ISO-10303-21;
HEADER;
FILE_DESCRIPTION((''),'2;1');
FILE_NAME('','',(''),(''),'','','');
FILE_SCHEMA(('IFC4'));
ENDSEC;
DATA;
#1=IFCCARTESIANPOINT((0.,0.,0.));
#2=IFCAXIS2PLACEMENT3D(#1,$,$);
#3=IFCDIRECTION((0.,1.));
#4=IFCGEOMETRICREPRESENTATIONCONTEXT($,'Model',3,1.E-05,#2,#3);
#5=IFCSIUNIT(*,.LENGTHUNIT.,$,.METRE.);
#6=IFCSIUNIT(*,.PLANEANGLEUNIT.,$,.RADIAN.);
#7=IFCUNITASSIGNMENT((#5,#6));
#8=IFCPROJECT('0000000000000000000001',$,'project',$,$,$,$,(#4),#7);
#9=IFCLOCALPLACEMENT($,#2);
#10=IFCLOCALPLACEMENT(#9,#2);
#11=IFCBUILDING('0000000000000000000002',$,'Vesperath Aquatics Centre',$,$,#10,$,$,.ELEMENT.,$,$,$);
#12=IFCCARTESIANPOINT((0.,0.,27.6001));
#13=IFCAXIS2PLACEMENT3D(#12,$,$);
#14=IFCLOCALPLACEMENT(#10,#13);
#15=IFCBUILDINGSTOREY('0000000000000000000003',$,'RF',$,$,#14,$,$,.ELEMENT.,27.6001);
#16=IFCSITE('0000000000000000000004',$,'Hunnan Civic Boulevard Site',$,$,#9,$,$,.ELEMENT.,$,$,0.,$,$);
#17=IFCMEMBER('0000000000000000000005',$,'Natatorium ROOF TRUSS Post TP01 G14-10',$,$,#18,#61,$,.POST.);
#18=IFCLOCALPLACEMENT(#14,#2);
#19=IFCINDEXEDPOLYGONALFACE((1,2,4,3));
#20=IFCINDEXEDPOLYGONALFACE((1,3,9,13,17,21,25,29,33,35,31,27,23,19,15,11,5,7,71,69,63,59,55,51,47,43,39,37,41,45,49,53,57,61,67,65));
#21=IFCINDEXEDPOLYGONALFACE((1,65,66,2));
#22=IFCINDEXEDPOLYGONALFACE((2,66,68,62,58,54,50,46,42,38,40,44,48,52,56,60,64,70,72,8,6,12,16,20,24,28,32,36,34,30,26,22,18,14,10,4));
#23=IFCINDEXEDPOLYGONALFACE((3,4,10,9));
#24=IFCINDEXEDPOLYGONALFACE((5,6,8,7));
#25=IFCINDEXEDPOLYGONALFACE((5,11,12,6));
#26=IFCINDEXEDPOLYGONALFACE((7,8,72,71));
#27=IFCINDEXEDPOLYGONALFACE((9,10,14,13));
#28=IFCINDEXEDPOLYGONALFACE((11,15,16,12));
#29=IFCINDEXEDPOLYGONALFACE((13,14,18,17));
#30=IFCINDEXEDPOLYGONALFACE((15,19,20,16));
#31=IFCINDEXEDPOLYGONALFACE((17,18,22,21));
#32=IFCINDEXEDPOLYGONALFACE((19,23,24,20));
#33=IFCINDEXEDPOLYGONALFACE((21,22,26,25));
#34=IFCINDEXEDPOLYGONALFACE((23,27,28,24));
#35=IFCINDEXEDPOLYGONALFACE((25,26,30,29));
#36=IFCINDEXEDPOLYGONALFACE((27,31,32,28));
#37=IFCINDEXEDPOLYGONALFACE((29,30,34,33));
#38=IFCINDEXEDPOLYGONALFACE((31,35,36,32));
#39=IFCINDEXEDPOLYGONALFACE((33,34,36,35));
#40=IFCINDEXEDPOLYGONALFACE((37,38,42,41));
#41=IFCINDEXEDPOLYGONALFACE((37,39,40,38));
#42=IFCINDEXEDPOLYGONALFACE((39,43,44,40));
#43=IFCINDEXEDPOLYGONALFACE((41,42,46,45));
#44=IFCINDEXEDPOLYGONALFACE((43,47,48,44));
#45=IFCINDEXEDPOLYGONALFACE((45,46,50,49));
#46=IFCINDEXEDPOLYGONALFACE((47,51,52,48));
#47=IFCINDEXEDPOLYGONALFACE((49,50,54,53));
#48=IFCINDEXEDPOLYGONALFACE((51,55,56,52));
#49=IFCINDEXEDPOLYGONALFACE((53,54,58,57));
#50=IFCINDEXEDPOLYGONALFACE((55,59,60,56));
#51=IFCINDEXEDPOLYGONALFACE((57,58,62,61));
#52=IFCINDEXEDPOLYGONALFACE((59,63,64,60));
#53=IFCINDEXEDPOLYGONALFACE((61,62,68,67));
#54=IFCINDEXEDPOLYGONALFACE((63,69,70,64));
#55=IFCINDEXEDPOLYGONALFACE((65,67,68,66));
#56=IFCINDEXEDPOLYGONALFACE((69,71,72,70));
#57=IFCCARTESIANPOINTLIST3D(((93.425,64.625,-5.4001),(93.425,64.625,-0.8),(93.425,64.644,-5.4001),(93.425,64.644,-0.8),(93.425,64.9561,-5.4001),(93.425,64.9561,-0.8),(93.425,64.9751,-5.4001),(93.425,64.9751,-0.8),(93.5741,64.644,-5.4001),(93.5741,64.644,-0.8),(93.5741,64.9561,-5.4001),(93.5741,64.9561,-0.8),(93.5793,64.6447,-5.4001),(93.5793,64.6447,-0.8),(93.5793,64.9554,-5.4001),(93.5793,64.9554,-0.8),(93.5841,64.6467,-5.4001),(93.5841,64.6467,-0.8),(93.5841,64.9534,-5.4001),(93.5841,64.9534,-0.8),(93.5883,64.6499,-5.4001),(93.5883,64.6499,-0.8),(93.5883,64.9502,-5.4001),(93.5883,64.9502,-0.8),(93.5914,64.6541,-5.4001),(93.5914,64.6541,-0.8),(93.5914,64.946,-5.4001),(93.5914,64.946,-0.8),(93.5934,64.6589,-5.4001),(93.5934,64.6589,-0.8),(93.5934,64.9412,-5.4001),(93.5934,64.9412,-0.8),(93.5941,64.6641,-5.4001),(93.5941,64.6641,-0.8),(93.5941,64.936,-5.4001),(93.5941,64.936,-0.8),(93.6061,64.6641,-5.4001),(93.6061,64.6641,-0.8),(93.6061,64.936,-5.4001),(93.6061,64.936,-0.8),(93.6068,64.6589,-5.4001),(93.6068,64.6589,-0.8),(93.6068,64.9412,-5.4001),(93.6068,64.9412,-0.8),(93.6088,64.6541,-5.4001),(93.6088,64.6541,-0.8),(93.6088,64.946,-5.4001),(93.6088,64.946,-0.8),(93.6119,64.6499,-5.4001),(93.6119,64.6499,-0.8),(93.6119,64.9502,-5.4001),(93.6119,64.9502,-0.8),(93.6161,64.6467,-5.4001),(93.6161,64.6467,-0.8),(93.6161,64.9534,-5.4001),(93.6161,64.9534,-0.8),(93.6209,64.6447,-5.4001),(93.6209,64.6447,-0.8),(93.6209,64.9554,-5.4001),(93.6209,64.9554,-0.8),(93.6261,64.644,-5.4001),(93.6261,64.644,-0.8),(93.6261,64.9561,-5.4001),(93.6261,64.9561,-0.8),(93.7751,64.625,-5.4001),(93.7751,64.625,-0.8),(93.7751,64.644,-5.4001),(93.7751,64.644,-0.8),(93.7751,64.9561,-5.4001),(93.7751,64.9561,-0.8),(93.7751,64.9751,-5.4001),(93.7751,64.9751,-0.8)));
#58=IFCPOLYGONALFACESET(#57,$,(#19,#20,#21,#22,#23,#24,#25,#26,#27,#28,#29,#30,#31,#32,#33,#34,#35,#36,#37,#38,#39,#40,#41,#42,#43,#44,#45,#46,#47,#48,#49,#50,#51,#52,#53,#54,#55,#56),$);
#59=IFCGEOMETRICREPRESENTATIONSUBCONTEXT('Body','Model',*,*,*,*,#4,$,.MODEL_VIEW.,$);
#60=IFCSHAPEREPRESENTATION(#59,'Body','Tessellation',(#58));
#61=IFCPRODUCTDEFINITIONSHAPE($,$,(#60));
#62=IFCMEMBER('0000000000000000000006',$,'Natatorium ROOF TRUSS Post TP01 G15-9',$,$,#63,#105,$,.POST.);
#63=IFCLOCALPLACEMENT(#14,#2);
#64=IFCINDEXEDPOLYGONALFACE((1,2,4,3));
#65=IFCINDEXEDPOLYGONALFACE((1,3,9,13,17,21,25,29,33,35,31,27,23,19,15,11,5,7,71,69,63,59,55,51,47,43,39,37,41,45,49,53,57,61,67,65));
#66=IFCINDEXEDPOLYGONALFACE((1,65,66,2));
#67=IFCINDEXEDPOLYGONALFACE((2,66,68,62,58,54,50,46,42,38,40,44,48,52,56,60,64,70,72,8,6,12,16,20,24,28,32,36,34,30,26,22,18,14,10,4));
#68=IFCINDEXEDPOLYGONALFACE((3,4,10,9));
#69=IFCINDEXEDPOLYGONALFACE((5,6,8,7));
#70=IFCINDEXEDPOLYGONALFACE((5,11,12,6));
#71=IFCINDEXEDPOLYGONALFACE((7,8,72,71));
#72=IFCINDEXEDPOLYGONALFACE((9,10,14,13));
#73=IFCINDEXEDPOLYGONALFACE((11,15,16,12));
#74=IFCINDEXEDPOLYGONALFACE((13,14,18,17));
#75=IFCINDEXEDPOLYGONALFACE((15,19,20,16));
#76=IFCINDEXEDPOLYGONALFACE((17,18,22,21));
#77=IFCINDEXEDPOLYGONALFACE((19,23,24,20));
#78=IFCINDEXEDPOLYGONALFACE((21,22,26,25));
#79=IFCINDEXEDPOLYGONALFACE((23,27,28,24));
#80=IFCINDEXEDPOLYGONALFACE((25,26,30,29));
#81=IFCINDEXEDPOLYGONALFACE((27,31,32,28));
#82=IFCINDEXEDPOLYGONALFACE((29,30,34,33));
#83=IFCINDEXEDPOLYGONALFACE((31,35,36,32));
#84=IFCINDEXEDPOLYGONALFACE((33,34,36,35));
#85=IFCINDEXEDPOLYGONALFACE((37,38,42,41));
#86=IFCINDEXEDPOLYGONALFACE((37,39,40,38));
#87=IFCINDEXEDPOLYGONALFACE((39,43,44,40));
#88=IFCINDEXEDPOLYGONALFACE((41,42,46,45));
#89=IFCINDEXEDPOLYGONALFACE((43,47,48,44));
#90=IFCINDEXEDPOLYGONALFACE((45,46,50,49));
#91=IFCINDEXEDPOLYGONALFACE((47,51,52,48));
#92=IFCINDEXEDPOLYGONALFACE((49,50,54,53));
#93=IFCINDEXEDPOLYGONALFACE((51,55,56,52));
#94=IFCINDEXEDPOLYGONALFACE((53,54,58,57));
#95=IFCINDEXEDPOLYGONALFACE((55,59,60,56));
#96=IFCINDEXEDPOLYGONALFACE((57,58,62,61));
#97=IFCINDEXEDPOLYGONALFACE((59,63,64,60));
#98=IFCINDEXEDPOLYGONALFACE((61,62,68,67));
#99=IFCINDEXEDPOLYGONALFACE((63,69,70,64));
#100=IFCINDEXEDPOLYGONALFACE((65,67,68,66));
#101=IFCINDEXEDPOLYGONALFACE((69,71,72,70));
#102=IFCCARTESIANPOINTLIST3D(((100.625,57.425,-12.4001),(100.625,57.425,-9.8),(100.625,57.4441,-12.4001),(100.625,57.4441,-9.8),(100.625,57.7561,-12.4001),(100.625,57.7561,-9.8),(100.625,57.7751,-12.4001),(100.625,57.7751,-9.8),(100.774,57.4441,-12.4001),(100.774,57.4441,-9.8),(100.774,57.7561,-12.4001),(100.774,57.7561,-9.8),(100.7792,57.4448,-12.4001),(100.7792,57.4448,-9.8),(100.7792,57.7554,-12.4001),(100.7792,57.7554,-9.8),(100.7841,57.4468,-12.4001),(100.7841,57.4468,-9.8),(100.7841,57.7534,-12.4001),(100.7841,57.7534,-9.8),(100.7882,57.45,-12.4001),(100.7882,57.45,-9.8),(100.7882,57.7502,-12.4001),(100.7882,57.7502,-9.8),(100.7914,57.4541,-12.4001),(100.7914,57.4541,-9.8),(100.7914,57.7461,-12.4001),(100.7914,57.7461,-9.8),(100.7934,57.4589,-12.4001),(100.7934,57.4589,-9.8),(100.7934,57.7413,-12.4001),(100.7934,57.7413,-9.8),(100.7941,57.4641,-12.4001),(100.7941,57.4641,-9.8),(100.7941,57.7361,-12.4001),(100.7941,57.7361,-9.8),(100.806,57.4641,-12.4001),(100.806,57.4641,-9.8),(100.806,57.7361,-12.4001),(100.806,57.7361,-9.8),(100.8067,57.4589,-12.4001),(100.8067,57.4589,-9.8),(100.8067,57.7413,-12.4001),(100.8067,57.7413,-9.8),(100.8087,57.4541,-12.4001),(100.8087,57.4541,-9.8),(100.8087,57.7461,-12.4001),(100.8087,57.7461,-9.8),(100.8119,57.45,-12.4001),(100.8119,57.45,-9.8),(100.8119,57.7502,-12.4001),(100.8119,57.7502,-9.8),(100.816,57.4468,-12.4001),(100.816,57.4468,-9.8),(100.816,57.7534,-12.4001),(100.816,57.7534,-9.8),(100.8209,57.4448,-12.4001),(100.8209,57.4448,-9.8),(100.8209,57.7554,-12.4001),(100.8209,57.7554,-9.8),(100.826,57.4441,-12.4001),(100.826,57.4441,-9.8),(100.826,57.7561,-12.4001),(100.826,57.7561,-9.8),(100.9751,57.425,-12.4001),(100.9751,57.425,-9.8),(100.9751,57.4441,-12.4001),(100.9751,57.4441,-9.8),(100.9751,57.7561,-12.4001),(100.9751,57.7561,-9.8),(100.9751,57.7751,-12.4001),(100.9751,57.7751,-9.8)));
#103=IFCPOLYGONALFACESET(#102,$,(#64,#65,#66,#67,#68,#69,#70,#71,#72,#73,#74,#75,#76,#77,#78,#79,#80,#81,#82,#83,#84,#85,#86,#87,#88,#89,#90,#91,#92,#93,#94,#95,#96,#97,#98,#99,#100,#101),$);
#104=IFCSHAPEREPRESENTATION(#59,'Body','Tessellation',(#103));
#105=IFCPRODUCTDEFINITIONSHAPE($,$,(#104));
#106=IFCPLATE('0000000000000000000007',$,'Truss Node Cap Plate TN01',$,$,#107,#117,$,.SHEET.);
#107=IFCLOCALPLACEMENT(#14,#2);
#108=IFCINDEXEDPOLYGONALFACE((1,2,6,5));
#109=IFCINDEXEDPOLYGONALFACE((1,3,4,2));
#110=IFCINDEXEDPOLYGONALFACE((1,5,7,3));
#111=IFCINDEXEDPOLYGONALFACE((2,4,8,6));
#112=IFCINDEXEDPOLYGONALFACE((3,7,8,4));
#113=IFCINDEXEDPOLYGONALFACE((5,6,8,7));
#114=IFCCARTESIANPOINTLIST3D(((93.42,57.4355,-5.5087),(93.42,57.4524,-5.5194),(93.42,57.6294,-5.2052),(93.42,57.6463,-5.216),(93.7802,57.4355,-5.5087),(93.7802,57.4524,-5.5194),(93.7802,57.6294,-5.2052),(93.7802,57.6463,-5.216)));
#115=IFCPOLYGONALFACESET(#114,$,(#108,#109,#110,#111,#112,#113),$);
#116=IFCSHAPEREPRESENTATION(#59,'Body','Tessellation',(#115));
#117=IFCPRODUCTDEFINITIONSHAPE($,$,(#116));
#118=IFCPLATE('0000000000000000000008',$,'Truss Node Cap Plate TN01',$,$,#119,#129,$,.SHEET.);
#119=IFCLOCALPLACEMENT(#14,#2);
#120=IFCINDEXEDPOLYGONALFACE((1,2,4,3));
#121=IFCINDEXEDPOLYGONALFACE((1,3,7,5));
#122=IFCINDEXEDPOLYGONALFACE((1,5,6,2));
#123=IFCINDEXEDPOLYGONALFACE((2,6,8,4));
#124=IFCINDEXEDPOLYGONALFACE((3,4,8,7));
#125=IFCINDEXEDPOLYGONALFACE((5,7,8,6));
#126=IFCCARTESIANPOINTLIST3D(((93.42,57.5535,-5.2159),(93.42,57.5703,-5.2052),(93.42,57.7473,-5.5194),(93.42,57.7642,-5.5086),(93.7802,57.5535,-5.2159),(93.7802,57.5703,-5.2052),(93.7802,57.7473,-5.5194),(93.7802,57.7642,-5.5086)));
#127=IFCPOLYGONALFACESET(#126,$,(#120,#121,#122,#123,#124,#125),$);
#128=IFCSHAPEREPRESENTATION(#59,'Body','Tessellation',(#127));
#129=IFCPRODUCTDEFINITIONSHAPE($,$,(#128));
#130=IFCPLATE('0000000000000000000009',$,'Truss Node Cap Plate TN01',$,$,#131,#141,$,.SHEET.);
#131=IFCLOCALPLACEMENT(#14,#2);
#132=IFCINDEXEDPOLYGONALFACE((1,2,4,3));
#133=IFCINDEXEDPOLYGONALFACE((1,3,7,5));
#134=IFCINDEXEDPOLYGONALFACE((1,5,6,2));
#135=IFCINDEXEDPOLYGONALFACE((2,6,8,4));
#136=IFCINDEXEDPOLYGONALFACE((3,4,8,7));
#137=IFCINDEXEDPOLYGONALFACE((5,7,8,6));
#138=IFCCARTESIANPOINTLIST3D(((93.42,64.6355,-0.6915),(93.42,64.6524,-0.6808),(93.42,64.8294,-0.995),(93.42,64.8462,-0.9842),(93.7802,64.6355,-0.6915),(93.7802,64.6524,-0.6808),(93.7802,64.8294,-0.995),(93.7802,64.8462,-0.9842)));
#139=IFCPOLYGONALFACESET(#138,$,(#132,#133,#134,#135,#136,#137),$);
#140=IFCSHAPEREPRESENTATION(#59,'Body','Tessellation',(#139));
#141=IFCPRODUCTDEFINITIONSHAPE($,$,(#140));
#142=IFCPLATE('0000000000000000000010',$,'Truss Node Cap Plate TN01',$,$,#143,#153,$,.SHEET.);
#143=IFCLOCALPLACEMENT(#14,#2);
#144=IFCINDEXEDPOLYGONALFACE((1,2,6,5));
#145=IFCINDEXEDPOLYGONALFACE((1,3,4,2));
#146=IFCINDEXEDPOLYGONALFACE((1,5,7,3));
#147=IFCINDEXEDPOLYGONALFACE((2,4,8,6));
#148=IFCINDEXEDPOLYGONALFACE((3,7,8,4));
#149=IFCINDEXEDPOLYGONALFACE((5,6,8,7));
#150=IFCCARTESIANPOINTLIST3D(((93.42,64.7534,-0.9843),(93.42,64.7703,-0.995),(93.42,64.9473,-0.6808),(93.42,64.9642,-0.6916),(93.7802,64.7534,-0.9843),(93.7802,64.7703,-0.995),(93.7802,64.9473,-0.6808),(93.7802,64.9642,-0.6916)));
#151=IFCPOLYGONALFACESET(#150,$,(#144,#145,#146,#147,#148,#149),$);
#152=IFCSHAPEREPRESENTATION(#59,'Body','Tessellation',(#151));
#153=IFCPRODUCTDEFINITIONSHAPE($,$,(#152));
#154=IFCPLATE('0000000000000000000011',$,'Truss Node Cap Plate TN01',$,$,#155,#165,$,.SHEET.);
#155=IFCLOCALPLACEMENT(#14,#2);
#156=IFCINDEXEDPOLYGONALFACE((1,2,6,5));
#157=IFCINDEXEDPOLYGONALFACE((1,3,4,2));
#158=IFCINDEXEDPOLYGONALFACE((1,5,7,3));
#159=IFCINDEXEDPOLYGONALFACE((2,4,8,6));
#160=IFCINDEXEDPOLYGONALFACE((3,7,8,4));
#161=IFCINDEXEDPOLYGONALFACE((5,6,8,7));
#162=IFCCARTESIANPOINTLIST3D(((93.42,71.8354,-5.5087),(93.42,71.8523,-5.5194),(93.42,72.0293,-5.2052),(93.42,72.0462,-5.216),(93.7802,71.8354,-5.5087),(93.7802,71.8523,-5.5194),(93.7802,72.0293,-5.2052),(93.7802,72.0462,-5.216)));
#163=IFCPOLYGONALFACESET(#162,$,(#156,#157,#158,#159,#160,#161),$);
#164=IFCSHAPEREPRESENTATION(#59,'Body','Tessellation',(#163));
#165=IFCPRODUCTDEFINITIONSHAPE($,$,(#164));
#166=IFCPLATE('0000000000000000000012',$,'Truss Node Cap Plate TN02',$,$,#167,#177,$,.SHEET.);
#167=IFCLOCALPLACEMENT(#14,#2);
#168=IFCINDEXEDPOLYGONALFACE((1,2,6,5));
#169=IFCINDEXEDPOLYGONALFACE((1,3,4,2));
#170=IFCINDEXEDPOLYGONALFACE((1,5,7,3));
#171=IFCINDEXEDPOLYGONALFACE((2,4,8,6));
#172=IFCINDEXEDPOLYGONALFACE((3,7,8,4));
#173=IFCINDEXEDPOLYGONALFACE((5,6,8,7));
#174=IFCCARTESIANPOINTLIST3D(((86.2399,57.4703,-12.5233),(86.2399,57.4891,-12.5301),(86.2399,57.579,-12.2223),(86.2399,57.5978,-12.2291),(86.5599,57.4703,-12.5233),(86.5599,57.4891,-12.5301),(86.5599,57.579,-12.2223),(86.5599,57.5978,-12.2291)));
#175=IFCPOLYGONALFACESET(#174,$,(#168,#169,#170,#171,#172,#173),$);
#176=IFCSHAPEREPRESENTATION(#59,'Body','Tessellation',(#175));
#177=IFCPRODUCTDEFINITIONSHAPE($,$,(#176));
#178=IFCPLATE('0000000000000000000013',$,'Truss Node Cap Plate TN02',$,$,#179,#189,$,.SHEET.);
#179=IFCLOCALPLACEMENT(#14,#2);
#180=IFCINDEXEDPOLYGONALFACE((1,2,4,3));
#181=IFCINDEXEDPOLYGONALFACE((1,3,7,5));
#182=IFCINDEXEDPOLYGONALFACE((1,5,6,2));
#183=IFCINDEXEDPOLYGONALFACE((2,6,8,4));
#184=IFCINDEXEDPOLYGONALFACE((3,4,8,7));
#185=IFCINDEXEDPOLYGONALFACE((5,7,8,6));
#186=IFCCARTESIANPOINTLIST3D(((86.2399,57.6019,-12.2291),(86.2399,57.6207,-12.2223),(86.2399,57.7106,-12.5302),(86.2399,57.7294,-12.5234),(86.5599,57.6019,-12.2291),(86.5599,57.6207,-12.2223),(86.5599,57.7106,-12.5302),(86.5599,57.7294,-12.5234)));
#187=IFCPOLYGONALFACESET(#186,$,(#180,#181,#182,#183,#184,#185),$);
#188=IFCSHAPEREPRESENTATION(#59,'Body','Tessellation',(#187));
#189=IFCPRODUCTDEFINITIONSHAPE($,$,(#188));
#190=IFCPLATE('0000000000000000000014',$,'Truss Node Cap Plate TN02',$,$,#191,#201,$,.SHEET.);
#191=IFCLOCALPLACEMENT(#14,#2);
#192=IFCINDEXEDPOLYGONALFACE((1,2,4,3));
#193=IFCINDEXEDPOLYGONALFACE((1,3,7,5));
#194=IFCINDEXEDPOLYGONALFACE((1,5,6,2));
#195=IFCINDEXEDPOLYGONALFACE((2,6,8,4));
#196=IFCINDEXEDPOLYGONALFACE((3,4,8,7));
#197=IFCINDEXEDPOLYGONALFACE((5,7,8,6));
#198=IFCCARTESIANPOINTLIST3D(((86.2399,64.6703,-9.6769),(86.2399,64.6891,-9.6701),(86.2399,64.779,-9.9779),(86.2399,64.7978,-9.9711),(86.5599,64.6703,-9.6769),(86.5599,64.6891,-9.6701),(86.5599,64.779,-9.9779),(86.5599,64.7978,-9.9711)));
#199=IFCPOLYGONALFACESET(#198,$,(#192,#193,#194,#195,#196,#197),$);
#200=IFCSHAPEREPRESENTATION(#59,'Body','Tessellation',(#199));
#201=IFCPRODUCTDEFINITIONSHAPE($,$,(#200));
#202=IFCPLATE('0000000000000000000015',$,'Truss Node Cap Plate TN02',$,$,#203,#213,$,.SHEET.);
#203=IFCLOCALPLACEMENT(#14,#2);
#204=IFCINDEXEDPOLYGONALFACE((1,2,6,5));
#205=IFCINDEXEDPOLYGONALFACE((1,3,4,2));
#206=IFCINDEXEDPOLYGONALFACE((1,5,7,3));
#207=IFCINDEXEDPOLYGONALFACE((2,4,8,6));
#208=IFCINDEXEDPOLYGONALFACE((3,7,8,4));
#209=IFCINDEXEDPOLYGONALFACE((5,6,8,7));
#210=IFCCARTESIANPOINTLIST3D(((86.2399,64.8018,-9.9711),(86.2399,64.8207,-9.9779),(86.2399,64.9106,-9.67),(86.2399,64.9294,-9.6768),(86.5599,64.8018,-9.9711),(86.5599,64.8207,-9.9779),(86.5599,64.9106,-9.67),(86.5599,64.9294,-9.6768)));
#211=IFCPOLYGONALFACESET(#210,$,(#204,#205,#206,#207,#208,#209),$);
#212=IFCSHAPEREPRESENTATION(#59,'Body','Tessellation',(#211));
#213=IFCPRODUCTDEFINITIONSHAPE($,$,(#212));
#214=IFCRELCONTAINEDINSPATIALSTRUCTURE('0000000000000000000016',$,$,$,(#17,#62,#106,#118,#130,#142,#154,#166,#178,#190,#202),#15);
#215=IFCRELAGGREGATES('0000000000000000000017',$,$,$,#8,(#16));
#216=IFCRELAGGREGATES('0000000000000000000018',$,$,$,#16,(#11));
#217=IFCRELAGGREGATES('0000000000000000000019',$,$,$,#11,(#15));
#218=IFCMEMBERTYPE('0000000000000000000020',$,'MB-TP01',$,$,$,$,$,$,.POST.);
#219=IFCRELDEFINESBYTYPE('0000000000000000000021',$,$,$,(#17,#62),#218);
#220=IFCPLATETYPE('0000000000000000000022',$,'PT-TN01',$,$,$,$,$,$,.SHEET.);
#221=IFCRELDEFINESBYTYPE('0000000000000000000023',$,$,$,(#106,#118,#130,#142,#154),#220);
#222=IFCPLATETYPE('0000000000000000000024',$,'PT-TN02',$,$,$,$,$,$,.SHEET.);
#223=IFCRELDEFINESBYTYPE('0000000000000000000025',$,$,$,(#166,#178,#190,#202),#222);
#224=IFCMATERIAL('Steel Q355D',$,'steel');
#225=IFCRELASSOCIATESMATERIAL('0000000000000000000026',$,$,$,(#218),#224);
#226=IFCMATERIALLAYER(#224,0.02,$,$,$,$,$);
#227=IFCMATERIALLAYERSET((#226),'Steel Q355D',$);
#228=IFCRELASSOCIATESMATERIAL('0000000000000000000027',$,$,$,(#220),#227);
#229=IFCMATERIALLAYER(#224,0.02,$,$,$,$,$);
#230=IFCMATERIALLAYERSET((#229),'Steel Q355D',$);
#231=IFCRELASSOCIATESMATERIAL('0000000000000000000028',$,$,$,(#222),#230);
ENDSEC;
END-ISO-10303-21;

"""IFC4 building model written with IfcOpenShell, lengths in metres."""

from ifc_helpers import new_model, si_unit, direction, frame, origin, origin_2d, place, context, subcontext, project, spatial, rectangle, i_section, extrude, material, layer, layer_set, material_profile, profile_set, type_object, element, save


model = new_model("IFC4")

# Units and contexts
model_context = context("Model", 3, precision=1e-05, world=origin(), true_north=direction((0.0, 1.0)))
body_context = subcontext(model_context, "Body", "Model", "MODEL_VIEW")
ifc_project = project(units=[si_unit("LENGTHUNIT", "METRE"), si_unit("PLANEANGLEUNIT", "RADIAN")], contexts=[model_context])

# Site, building, storey
site_placement = place(None, origin())
site = spatial("IfcSite", under=ifc_project, at=site_placement, Name="Hunnan Civic Boulevard Site", CompositionType="ELEMENT", RefElevation=0.0)
building_placement = place(site_placement, origin())
building = spatial("IfcBuilding", under=site, at=building_placement, Name="Vesperath Aquatics Centre", CompositionType="ELEMENT")
storey_placement = place(building_placement, frame((0.0, 0.0, 27.6001)))
storey = spatial("IfcBuildingStorey", under=building, at=storey_placement, Name="RF", CompositionType="ELEMENT", Elevation=27.6001)

# Shared definitions
ifc_material_1 = material(Name="Steel Q355D", Category="steel")

# Members
ifc_material_profile_1 = material_profile(ifc_material_1, i_section(OverallWidth=0.3501, OverallDepth=0.3501, WebThickness=0.012, FlangeThickness=0.019, FilletRadius=0.02, at=origin_2d()), Name="HW 350x350x12x19")
ifc_profile_set_1 = profile_set([ifc_material_profile_1], Name="Steel Q355D")
member_type_1 = type_object("IfcMemberType", Name="MB-TP01", PredefinedType="POST", material=ifc_profile_set_1)
for number, where, z_axis, x_axis, name in (
    (1, (93.6001, 64.8, -5.4001), (0.0, 0.0, 1.0), (1.0, 0.0, 0.0), "Natatorium ROOF TRUSS Post TP01 G14-10"),
):
    element("IfcMember", number, at=place(storey_placement, frame(where, z_axis=z_axis, x_axis=x_axis)), inside=storey, type_object=member_type_1, Name=name, PredefinedType="POST", context=body_context, shape_type="SweptSolid", body=[
        extrude(i_section(OverallWidth=0.3501, OverallDepth=0.3501, WebThickness=0.012, FlangeThickness=0.019, FilletRadius=0.02, at=origin_2d()), origin(), (0.0, 0.0, 1.0), 4.6001),
    ])
member_1_placement = place(storey_placement, frame((100.8, 57.6001, -12.4001), z_axis=(0.0, 0.0, 1.0), x_axis=(1.0, 0.0, 0.0)))
element("IfcMember", 2, at=member_1_placement, inside=storey, type_object=member_type_1, Name="Natatorium ROOF TRUSS Post TP01 G15-9", PredefinedType="POST", context=body_context, shape_type="SweptSolid", body=[
    extrude(i_section(OverallWidth=0.3501, OverallDepth=0.3501, WebThickness=0.012, FlangeThickness=0.019, FilletRadius=0.02, at=origin_2d()), origin(), (0.0, 0.0, 1.0), 2.6001),
])

# Plates
ifc_layer_1 = layer(ifc_material_1, 0.02)
ifc_layer_set_1 = layer_set([ifc_layer_1], Name="Steel Q355D")
plate_type_1 = type_object("IfcPlateType", Name="PT-TN01", PredefinedType="SHEET", material=ifc_layer_set_1)
for number, where, z_axis, x_axis, name in (
    (3, (93.6001, 57.5325, -5.3569), (0.0, 0.842696, -0.538389), (-1.0, 0.0, 0.0), "Truss Node Cap Plate TN01"),
    (4, (93.6001, 57.6504, -5.3677), (0.0, 0.842696, 0.538389), (-1.0, 0.0, 0.0), "Truss Node Cap Plate TN01"),
    (5, (93.6001, 64.7324, -0.8433), (0.0, 0.842696, 0.538389), (-1.0, 0.0, 0.0), "Truss Node Cap Plate TN01"),
    (6, (93.6001, 64.8503, -0.8325), (0.0, 0.842696, -0.538389), (-1.0, 0.0, 0.0), "Truss Node Cap Plate TN01"),
    (7, (93.6001, 71.9324, -5.3569), (0.0, 0.842696, -0.538389), (-1.0, 0.0, 0.0), "Truss Node Cap Plate TN01"),
):
    element("IfcPlate", number, at=place(storey_placement, frame(where, z_axis=z_axis, x_axis=x_axis)), inside=storey, type_object=plate_type_1, Name=name, PredefinedType="SHEET", context=body_context, shape_type="SweptSolid", body=[
        extrude(rectangle(XDim=0.3601, YDim=0.3601, at=origin_2d()), origin(), (0.0, 0.0, 1.0), 0.02),
    ])
ifc_layer_2 = layer(ifc_material_1, 0.02)
ifc_layer_set_2 = layer_set([ifc_layer_2], Name="Steel Q355D")
plate_type_2 = type_object("IfcPlateType", Name="PT-TN02", PredefinedType="SHEET", material=ifc_layer_set_2)
for number, where, z_axis, x_axis, name in (
    (8, (86.3999, 57.5247, -12.3728), (0.0, 0.940554, -0.339644), (-1.0, 0.0, 0.0), "Truss Node Cap Plate TN02"),
    (9, (86.3999, 57.6562, -12.3796), (0.0, 0.940554, 0.339644), (-1.0, 0.0, 0.0), "Truss Node Cap Plate TN02"),
    (10, (86.3999, 64.7246, -9.8274), (0.0, 0.940554, 0.339644), (-1.0, 0.0, 0.0), "Truss Node Cap Plate TN02"),
    (11, (86.3999, 64.8562, -9.8206), (0.0, 0.940554, -0.339644), (-1.0, 0.0, 0.0), "Truss Node Cap Plate TN02"),
):
    element("IfcPlate", number, at=place(storey_placement, frame(where, z_axis=z_axis, x_axis=x_axis)), inside=storey, type_object=plate_type_2, Name=name, PredefinedType="SHEET", context=body_context, shape_type="SweptSolid", body=[
        extrude(rectangle(XDim=0.3201, YDim=0.3201, at=origin_2d()), origin(), (0.0, 0.0, 1.0), 0.02),
    ])

save(model, "model.ifc")
